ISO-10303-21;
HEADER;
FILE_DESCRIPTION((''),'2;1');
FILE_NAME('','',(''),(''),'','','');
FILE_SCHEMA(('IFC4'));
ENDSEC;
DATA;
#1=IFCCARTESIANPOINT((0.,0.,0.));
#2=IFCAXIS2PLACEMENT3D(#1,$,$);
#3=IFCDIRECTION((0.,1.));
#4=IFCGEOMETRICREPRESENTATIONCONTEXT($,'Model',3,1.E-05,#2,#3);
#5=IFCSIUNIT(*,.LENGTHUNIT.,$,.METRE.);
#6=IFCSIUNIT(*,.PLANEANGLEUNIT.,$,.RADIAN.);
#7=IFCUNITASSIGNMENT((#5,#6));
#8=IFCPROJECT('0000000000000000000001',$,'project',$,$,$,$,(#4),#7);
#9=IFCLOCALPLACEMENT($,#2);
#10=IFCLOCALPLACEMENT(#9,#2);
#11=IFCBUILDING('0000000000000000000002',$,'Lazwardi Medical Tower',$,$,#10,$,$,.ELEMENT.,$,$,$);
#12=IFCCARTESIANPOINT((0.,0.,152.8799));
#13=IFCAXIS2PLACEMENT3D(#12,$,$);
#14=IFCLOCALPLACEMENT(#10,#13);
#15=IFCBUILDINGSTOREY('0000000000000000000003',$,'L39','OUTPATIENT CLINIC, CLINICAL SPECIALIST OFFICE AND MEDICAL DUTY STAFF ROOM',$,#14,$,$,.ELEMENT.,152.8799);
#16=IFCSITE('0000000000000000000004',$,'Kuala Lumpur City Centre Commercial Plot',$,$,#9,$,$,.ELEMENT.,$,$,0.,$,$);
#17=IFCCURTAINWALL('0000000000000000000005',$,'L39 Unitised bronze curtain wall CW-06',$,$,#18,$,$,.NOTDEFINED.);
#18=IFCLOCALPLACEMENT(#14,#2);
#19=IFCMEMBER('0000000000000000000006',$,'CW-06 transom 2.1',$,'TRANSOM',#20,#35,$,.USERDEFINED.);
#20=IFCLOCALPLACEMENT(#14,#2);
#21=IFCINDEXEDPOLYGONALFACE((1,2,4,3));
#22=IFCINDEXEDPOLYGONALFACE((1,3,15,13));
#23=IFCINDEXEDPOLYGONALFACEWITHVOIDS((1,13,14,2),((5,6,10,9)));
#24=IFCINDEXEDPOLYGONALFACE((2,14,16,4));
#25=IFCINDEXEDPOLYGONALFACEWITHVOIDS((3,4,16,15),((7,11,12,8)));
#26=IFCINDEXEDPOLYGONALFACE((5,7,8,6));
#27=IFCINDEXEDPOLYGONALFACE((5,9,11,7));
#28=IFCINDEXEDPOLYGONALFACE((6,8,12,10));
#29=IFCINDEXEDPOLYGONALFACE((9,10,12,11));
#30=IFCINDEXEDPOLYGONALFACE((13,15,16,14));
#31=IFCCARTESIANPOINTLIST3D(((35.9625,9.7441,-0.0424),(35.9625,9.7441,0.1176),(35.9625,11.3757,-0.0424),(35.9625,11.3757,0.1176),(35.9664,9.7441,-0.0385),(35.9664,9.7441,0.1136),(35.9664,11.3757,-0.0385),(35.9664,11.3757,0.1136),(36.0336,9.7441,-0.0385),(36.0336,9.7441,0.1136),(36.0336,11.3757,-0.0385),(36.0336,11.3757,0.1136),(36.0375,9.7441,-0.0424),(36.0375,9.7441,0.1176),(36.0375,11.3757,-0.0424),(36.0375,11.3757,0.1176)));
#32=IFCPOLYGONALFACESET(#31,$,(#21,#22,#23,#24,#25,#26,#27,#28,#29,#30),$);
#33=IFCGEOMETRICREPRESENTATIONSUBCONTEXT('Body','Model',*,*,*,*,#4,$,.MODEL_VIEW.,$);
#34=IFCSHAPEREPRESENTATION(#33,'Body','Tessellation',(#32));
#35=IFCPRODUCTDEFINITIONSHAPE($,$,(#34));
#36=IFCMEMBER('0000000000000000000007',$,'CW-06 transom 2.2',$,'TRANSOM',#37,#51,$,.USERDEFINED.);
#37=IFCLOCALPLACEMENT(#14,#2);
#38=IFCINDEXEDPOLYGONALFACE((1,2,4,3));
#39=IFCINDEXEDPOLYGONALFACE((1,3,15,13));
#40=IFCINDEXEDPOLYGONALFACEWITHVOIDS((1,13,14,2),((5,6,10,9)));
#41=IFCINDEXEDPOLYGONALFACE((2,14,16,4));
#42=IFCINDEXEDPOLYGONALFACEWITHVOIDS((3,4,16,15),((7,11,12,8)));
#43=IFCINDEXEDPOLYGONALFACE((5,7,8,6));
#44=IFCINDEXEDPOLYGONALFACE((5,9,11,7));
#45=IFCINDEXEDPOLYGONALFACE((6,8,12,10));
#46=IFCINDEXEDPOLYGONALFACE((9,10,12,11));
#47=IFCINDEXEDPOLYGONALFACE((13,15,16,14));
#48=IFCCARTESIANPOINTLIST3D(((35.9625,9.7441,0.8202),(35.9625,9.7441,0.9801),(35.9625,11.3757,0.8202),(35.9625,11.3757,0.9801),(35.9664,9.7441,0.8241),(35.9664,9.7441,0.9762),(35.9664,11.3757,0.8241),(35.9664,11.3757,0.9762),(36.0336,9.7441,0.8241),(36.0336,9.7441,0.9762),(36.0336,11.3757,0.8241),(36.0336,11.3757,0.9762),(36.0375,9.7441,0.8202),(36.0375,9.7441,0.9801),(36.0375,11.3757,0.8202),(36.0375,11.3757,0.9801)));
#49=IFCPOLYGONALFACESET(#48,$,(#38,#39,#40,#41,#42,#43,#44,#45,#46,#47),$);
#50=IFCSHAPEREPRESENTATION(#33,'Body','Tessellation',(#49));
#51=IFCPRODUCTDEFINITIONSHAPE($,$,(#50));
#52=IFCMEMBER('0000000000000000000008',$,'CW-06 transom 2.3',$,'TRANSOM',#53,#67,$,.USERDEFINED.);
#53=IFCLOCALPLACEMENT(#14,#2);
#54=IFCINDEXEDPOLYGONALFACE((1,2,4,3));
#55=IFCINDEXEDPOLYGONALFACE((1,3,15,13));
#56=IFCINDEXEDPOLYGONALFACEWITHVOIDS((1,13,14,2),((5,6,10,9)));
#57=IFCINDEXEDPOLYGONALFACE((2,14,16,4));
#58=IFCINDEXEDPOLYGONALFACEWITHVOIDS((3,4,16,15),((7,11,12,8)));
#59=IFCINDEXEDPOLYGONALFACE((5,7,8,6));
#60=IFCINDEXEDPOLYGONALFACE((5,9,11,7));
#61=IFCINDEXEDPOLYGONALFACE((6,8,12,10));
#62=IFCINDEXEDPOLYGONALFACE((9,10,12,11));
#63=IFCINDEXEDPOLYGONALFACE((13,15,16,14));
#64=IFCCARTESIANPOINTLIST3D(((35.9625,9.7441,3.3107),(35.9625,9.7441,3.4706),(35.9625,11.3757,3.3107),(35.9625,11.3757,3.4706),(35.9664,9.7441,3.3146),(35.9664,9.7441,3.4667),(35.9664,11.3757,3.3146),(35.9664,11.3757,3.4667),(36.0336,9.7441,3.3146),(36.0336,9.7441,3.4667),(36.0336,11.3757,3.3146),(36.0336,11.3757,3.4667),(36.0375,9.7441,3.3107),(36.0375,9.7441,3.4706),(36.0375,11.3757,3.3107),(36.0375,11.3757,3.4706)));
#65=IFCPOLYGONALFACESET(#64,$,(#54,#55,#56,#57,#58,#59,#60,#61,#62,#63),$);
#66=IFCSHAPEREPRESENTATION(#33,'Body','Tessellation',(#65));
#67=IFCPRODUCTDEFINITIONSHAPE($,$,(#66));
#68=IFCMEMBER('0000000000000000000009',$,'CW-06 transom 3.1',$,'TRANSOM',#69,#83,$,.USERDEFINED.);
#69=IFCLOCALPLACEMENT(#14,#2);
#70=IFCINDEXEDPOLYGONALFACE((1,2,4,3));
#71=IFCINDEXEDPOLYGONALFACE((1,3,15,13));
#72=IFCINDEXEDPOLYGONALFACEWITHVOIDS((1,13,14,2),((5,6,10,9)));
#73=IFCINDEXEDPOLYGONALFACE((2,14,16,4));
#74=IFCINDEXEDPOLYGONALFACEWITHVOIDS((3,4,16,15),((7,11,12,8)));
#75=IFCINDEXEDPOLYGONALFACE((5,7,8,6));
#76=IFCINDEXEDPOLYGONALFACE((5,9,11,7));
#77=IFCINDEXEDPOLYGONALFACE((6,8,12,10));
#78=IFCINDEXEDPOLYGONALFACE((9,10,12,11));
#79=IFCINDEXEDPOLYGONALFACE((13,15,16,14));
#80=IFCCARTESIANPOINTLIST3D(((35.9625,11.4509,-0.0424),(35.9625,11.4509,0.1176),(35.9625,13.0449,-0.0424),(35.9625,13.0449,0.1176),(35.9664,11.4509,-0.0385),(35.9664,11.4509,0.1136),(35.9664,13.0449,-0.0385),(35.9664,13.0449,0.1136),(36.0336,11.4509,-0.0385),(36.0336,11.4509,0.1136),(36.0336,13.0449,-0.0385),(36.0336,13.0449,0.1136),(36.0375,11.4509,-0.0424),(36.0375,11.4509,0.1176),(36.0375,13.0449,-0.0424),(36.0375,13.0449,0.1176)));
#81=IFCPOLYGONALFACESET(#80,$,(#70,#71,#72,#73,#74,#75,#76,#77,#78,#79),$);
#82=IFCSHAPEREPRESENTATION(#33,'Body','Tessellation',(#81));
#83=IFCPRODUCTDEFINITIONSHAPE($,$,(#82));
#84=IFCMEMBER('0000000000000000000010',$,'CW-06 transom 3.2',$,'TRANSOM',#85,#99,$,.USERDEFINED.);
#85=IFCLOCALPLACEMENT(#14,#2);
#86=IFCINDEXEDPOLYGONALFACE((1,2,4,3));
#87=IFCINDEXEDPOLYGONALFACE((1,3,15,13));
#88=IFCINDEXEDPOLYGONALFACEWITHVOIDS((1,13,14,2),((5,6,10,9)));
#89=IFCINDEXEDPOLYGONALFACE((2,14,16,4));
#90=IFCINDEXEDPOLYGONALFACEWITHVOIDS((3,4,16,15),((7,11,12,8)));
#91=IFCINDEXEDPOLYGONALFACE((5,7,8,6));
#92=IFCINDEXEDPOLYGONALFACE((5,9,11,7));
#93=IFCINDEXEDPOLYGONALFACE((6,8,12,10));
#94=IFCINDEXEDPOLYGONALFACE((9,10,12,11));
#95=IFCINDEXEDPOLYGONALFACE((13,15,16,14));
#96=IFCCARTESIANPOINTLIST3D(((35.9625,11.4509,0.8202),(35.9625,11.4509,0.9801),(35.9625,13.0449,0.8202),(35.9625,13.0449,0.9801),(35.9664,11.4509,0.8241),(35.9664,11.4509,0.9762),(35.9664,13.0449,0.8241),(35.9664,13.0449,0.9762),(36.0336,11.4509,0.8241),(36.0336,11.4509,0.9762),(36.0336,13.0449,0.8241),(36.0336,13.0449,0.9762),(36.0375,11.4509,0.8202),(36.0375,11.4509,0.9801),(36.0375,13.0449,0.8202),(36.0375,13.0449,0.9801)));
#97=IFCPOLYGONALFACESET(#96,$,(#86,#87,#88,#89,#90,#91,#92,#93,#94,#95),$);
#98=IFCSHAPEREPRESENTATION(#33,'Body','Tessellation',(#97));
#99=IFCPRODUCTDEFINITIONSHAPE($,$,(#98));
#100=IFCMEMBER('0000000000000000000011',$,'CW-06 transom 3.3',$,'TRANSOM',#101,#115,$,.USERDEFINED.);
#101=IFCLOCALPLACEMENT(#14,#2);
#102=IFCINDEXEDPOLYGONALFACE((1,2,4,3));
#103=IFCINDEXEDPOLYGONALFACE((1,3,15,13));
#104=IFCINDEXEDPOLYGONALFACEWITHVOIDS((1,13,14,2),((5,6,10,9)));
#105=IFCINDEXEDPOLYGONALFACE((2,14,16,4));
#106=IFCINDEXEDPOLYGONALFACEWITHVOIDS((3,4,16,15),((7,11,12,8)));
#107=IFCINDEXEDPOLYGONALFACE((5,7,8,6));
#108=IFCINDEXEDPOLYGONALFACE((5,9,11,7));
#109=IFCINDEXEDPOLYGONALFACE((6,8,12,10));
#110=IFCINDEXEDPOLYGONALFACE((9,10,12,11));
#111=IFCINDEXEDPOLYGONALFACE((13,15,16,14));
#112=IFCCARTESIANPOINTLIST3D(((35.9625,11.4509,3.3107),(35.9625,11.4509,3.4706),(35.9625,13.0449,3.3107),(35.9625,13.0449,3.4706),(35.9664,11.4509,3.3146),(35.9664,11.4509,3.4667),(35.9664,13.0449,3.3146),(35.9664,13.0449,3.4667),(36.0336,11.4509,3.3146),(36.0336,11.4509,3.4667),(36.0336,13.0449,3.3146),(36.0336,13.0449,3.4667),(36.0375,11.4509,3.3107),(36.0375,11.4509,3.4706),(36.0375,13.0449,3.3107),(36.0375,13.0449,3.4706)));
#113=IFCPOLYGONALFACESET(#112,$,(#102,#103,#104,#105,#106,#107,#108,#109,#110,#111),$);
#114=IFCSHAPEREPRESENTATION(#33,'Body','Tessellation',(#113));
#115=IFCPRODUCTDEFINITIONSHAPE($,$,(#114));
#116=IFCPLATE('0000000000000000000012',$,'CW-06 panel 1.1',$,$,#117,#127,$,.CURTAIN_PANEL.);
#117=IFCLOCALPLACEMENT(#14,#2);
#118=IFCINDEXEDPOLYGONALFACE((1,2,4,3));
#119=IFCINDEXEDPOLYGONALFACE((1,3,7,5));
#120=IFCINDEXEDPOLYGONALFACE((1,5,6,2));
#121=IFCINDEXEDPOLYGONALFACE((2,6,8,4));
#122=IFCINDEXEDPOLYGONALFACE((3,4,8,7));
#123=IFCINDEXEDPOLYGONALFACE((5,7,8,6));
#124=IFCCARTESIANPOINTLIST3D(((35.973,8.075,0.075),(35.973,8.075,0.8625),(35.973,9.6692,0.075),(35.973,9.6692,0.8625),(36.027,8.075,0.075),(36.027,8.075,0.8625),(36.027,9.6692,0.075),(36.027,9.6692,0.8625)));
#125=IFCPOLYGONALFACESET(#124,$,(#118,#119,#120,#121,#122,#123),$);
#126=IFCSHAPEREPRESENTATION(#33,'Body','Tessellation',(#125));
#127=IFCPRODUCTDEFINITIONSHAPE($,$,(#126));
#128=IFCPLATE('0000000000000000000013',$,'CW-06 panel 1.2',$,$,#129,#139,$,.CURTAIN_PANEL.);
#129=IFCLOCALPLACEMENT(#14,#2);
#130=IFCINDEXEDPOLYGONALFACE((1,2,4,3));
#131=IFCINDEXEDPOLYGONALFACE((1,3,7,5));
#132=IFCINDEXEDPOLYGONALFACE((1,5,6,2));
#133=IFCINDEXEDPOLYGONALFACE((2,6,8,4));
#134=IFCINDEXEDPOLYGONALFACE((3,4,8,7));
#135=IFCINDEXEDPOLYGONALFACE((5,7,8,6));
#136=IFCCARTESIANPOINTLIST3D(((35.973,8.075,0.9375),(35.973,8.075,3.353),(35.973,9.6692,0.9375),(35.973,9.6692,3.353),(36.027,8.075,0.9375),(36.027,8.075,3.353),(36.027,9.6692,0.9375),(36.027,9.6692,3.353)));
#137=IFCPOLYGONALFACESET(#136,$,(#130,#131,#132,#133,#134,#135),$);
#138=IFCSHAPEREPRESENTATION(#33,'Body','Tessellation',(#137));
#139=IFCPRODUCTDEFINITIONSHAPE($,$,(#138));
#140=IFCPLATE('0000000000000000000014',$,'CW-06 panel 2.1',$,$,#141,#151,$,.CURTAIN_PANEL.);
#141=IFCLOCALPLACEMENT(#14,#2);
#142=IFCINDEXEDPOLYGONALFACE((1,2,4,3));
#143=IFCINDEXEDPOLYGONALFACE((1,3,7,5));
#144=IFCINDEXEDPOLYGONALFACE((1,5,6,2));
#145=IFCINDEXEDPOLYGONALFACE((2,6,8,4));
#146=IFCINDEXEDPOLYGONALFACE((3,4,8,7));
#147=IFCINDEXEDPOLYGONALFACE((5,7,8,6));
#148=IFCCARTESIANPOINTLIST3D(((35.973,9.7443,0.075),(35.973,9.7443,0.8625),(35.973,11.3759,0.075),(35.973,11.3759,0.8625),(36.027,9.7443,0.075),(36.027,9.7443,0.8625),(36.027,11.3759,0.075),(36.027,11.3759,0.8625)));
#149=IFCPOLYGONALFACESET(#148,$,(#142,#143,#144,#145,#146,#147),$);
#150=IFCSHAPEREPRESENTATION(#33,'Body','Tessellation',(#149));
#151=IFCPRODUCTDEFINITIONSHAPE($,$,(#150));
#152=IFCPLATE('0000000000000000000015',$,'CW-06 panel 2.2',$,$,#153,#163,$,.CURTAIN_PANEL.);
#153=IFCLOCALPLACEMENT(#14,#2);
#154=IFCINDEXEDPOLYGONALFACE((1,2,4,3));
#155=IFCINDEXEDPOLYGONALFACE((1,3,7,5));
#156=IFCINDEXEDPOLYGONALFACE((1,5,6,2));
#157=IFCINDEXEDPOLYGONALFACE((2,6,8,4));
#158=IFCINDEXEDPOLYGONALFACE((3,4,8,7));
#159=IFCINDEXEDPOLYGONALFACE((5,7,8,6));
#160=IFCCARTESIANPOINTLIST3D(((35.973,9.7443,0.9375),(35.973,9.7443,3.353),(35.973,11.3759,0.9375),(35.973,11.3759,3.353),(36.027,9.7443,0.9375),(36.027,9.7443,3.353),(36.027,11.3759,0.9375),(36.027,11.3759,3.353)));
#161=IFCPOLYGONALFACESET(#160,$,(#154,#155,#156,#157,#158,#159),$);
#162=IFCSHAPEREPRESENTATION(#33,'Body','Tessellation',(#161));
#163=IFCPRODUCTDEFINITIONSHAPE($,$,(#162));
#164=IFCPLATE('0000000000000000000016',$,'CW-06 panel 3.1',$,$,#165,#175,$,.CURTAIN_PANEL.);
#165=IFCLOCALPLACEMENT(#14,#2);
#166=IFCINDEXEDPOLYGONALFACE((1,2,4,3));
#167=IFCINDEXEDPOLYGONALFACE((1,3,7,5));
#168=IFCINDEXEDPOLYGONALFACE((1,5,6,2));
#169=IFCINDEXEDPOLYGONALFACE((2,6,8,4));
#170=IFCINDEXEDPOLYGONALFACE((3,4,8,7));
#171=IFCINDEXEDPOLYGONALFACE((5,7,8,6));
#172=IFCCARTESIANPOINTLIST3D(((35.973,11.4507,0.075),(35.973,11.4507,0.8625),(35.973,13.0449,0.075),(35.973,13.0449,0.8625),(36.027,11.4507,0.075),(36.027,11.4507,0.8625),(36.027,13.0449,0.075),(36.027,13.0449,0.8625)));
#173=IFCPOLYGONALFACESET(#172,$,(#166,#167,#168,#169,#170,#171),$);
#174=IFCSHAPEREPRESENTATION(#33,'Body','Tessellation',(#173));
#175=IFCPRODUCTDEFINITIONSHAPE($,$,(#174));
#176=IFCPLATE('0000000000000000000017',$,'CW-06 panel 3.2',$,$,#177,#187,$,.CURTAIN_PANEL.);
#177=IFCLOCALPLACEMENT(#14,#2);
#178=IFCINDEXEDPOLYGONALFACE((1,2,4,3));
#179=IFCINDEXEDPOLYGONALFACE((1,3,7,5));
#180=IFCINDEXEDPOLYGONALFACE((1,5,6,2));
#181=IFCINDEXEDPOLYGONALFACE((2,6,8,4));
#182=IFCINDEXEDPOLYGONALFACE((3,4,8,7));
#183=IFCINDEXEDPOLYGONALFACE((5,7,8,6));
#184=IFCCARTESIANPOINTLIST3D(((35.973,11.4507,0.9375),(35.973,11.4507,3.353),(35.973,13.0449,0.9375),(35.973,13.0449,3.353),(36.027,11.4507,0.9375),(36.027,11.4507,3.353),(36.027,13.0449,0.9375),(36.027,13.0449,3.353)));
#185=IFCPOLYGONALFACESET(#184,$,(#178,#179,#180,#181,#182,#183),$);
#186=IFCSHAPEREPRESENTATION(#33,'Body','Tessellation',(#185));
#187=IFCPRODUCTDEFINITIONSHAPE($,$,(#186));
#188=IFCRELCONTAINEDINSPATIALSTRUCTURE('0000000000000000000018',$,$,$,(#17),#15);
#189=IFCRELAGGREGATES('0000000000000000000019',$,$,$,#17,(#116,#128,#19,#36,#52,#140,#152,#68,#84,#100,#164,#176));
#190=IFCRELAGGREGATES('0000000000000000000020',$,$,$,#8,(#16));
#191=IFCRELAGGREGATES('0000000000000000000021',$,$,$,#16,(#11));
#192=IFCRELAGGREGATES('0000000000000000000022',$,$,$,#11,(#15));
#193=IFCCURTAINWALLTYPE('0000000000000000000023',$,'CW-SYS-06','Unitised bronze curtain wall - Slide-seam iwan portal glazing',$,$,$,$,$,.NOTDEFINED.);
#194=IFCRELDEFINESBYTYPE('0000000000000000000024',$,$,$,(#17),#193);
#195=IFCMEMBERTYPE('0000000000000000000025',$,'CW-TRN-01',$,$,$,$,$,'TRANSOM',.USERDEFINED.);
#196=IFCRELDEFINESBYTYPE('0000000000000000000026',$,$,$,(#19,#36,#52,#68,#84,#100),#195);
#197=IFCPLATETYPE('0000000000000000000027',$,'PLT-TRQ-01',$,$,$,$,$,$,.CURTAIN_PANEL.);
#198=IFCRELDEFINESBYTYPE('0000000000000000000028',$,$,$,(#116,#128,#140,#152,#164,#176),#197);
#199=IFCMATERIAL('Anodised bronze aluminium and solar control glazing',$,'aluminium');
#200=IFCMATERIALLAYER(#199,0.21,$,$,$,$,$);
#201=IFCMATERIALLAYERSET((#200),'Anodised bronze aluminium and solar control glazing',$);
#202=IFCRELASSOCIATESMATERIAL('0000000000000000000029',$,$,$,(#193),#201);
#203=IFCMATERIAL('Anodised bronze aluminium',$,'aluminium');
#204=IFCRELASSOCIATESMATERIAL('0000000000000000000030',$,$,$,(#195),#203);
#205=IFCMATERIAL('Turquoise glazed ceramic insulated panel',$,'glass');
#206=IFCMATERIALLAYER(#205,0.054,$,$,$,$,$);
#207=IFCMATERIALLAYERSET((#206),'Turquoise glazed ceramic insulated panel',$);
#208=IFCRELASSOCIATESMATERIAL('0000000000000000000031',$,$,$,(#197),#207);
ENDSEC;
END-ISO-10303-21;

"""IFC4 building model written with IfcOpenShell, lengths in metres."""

from ifc_helpers import new_model, si_unit, direction, frame, origin, origin_2d, place, context, subcontext, project, spatial, rectangle, hollow_rectangle, extrude, material, layer, layer_set, material_profile, profile_set, type_object, element, aggregate, save


model = new_model("IFC4")

# Units and contexts
model_context = context("Model", 3, precision=1e-05, world=origin(), true_north=direction((0.0, 1.0)))
body_context = subcontext(model_context, "Body", "Model", "MODEL_VIEW")
ifc_project = project(units=[si_unit("LENGTHUNIT", "METRE"), si_unit("PLANEANGLEUNIT", "RADIAN")], contexts=[model_context])

# Site, building, storey
site_placement = place(None, origin())
site = spatial("IfcSite", under=ifc_project, at=site_placement, Name="Kuala Lumpur City Centre Commercial Plot", CompositionType="ELEMENT", RefElevation=0.0)
building_placement = place(site_placement, origin())
building = spatial("IfcBuilding", under=site, at=building_placement, Name="Lazwardi Medical Tower", CompositionType="ELEMENT")
storey_placement = place(building_placement, frame((0.0, 0.0, 152.8799)))
storey = spatial("IfcBuildingStorey", under=building, at=storey_placement, Name="L39", Description="OUTPATIENT CLINIC, CLINICAL SPECIALIST OFFICE AND MEDICAL DUTY STAFF ROOM", CompositionType="ELEMENT", Elevation=152.8799)

# Shared definitions
ifc_material_1 = material(Name="Anodised bronze aluminium and solar control glazing", Category="aluminium")
ifc_material_2 = material(Name="Anodised bronze aluminium", Category="aluminium")

# Curtain wall
ifc_layer_1 = layer(ifc_material_1, 0.21)
ifc_layer_set_1 = layer_set([ifc_layer_1], Name="Anodised bronze aluminium and solar control glazing")
curtain_wall_type_1 = type_object("IfcCurtainWallType", Name="CW-SYS-06", Description="Unitised bronze curtain wall - Slide-seam iwan portal glazing", PredefinedType="NOTDEFINED", material=ifc_layer_set_1)
curtain_wall_1_placement = place(storey_placement, origin())
curtain_wall_1 = element("IfcCurtainWall", 1, at=curtain_wall_1_placement, inside=storey, type_object=curtain_wall_type_1, Name="L39 Unitised bronze curtain wall CW-06", PredefinedType="NOTDEFINED")

# Members
ifc_material_profile_1 = material_profile(ifc_material_2, hollow_rectangle(XDim=0.075, YDim=0.1599, WallThickness=0.0039, at=origin_2d()), Name="ALU-TRANSOM 160x75x4")
ifc_profile_set_1 = profile_set([ifc_material_profile_1], Name="Anodised bronze aluminium")
member_type_1 = type_object("IfcMemberType", Name="CW-TRN-01", ElementType="TRANSOM", PredefinedType="USERDEFINED", material=ifc_profile_set_1)
member_1_placement = place(storey_placement, frame((36.0, 9.7441, 0.0376), z_axis=(0.0, 1.0, 0.0), x_axis=(-1.0, 0.0, 0.0)))
member_1 = element("IfcMember", 2, at=member_1_placement, type_object=member_type_1, Name="CW-06 transom 2.1", ObjectType="TRANSOM", PredefinedType="USERDEFINED", context=body_context, shape_type="SweptSolid", body=[
    extrude(hollow_rectangle(XDim=0.075, YDim=0.1599, WallThickness=0.0039, at=origin_2d()), origin(), (0.0, 0.0, 1.0), 1.6316),
])
member_2_placement = place(storey_placement, frame((36.0, 9.7441, 0.9001), z_axis=(0.0, 1.0, 0.0), x_axis=(-1.0, 0.0, 0.0)))
member_2 = element("IfcMember", 3, at=member_2_placement, type_object=member_type_1, Name="CW-06 transom 2.2", ObjectType="TRANSOM", PredefinedType="USERDEFINED", context=body_context, shape_type="SweptSolid", body=[
    extrude(hollow_rectangle(XDim=0.075, YDim=0.1599, WallThickness=0.0039, at=origin_2d()), origin(), (0.0, 0.0, 1.0), 1.6316),
])
member_3_placement = place(storey_placement, frame((36.0, 9.7441, 3.3906), z_axis=(0.0, 1.0, 0.0), x_axis=(-1.0, 0.0, 0.0)))
member_3 = element("IfcMember", 4, at=member_3_placement, type_object=member_type_1, Name="CW-06 transom 2.3", ObjectType="TRANSOM", PredefinedType="USERDEFINED", context=body_context, shape_type="SweptSolid", body=[
    extrude(hollow_rectangle(XDim=0.075, YDim=0.1599, WallThickness=0.0039, at=origin_2d()), origin(), (0.0, 0.0, 1.0), 1.6316),
])
member_4_placement = place(storey_placement, frame((36.0, 11.4509, 0.0376), z_axis=(0.0, 1.0, 0.0), x_axis=(-1.0, 0.0, 0.0)))
member_4 = element("IfcMember", 5, at=member_4_placement, type_object=member_type_1, Name="CW-06 transom 3.1", ObjectType="TRANSOM", PredefinedType="USERDEFINED", context=body_context, shape_type="SweptSolid", body=[
    extrude(hollow_rectangle(XDim=0.075, YDim=0.1599, WallThickness=0.0039, at=origin_2d()), origin(), (0.0, 0.0, 1.0), 1.594),
])
member_5_placement = place(storey_placement, frame((36.0, 11.4509, 0.9001), z_axis=(0.0, 1.0, 0.0), x_axis=(-1.0, 0.0, 0.0)))
member_5 = element("IfcMember", 6, at=member_5_placement, type_object=member_type_1, Name="CW-06 transom 3.2", ObjectType="TRANSOM", PredefinedType="USERDEFINED", context=body_context, shape_type="SweptSolid", body=[
    extrude(hollow_rectangle(XDim=0.075, YDim=0.1599, WallThickness=0.0039, at=origin_2d()), origin(), (0.0, 0.0, 1.0), 1.594),
])
member_6_placement = place(storey_placement, frame((36.0, 11.4509, 3.3906), z_axis=(0.0, 1.0, 0.0), x_axis=(-1.0, 0.0, 0.0)))
member_6 = element("IfcMember", 7, at=member_6_placement, type_object=member_type_1, Name="CW-06 transom 3.3", ObjectType="TRANSOM", PredefinedType="USERDEFINED", context=body_context, shape_type="SweptSolid", body=[
    extrude(hollow_rectangle(XDim=0.075, YDim=0.1599, WallThickness=0.0039, at=origin_2d()), origin(), (0.0, 0.0, 1.0), 1.594),
])

# Plates
ifc_material_3 = material(Name="Turquoise glazed ceramic insulated panel", Category="glass")
ifc_layer_2 = layer(ifc_material_3, 0.054)
ifc_layer_set_2 = layer_set([ifc_layer_2], Name="Turquoise glazed ceramic insulated panel")
plate_type = type_object("IfcPlateType", Name="PLT-TRQ-01", PredefinedType="CURTAIN_PANEL", material=ifc_layer_set_2)
plate_1_placement = place(storey_placement, frame((36.0, 8.8721, 0.075), z_axis=(0.0, 0.0, 1.0), x_axis=(0.0, 1.0, 0.0)))
plate_1 = element("IfcPlate", 8, at=plate_1_placement, type_object=plate_type, Name="CW-06 panel 1.1", PredefinedType="CURTAIN_PANEL", context=body_context, shape_type="SweptSolid", body=[
    extrude(rectangle(XDim=1.5942, YDim=0.054, at=origin_2d()), origin(), (0.0, 0.0, 1.0), 0.7876),
])
plate_2_placement = place(storey_placement, frame((36.0, 8.8721, 0.9375), z_axis=(0.0, 0.0, 1.0), x_axis=(0.0, 1.0, 0.0)))
plate_2 = element("IfcPlate", 9, at=plate_2_placement, type_object=plate_type, Name="CW-06 panel 1.2", PredefinedType="CURTAIN_PANEL", context=body_context, shape_type="SweptSolid", body=[
    extrude(rectangle(XDim=1.5942, YDim=0.054, at=origin_2d()), origin(), (0.0, 0.0, 1.0), 2.4155),
])
plate_3_placement = place(storey_placement, frame((36.0, 10.5601, 0.075), z_axis=(0.0, 0.0, 1.0), x_axis=(0.0, 1.0, 0.0)))
plate_3 = element("IfcPlate", 10, at=plate_3_placement, type_object=plate_type, Name="CW-06 panel 2.1", PredefinedType="CURTAIN_PANEL", context=body_context, shape_type="SweptSolid", body=[
    extrude(rectangle(XDim=1.6316, YDim=0.054, at=origin_2d()), origin(), (0.0, 0.0, 1.0), 0.7876),
])
plate_4_placement = place(storey_placement, frame((36.0, 10.5601, 0.9375), z_axis=(0.0, 0.0, 1.0), x_axis=(0.0, 1.0, 0.0)))
plate_4 = element("IfcPlate", 11, at=plate_4_placement, type_object=plate_type, Name="CW-06 panel 2.2", PredefinedType="CURTAIN_PANEL", context=body_context, shape_type="SweptSolid", body=[
    extrude(rectangle(XDim=1.6316, YDim=0.054, at=origin_2d()), origin(), (0.0, 0.0, 1.0), 2.4155),
])
plate_5_placement = place(storey_placement, frame((36.0, 12.2478, 0.075), z_axis=(0.0, 0.0, 1.0), x_axis=(0.0, 1.0, 0.0)))
plate_5 = element("IfcPlate", 12, at=plate_5_placement, type_object=plate_type, Name="CW-06 panel 3.1", PredefinedType="CURTAIN_PANEL", context=body_context, shape_type="SweptSolid", body=[
    extrude(rectangle(XDim=1.5942, YDim=0.054, at=origin_2d()), origin(), (0.0, 0.0, 1.0), 0.7876),
])
plate_6_placement = place(storey_placement, frame((36.0, 12.2478, 0.9375), z_axis=(0.0, 0.0, 1.0), x_axis=(0.0, 1.0, 0.0)))
plate_6 = element("IfcPlate", 13, at=plate_6_placement, type_object=plate_type, Name="CW-06 panel 3.2", PredefinedType="CURTAIN_PANEL", context=body_context, shape_type="SweptSolid", body=[
    extrude(rectangle(XDim=1.5942, YDim=0.054, at=origin_2d()), origin(), (0.0, 0.0, 1.0), 2.4155),
])
aggregate(curtain_wall_1, [plate_1, plate_2, member_1, member_2, member_3, plate_3, plate_4, member_4, member_5, member_6, plate_5, plate_6])

save(model, "model.ifc")
